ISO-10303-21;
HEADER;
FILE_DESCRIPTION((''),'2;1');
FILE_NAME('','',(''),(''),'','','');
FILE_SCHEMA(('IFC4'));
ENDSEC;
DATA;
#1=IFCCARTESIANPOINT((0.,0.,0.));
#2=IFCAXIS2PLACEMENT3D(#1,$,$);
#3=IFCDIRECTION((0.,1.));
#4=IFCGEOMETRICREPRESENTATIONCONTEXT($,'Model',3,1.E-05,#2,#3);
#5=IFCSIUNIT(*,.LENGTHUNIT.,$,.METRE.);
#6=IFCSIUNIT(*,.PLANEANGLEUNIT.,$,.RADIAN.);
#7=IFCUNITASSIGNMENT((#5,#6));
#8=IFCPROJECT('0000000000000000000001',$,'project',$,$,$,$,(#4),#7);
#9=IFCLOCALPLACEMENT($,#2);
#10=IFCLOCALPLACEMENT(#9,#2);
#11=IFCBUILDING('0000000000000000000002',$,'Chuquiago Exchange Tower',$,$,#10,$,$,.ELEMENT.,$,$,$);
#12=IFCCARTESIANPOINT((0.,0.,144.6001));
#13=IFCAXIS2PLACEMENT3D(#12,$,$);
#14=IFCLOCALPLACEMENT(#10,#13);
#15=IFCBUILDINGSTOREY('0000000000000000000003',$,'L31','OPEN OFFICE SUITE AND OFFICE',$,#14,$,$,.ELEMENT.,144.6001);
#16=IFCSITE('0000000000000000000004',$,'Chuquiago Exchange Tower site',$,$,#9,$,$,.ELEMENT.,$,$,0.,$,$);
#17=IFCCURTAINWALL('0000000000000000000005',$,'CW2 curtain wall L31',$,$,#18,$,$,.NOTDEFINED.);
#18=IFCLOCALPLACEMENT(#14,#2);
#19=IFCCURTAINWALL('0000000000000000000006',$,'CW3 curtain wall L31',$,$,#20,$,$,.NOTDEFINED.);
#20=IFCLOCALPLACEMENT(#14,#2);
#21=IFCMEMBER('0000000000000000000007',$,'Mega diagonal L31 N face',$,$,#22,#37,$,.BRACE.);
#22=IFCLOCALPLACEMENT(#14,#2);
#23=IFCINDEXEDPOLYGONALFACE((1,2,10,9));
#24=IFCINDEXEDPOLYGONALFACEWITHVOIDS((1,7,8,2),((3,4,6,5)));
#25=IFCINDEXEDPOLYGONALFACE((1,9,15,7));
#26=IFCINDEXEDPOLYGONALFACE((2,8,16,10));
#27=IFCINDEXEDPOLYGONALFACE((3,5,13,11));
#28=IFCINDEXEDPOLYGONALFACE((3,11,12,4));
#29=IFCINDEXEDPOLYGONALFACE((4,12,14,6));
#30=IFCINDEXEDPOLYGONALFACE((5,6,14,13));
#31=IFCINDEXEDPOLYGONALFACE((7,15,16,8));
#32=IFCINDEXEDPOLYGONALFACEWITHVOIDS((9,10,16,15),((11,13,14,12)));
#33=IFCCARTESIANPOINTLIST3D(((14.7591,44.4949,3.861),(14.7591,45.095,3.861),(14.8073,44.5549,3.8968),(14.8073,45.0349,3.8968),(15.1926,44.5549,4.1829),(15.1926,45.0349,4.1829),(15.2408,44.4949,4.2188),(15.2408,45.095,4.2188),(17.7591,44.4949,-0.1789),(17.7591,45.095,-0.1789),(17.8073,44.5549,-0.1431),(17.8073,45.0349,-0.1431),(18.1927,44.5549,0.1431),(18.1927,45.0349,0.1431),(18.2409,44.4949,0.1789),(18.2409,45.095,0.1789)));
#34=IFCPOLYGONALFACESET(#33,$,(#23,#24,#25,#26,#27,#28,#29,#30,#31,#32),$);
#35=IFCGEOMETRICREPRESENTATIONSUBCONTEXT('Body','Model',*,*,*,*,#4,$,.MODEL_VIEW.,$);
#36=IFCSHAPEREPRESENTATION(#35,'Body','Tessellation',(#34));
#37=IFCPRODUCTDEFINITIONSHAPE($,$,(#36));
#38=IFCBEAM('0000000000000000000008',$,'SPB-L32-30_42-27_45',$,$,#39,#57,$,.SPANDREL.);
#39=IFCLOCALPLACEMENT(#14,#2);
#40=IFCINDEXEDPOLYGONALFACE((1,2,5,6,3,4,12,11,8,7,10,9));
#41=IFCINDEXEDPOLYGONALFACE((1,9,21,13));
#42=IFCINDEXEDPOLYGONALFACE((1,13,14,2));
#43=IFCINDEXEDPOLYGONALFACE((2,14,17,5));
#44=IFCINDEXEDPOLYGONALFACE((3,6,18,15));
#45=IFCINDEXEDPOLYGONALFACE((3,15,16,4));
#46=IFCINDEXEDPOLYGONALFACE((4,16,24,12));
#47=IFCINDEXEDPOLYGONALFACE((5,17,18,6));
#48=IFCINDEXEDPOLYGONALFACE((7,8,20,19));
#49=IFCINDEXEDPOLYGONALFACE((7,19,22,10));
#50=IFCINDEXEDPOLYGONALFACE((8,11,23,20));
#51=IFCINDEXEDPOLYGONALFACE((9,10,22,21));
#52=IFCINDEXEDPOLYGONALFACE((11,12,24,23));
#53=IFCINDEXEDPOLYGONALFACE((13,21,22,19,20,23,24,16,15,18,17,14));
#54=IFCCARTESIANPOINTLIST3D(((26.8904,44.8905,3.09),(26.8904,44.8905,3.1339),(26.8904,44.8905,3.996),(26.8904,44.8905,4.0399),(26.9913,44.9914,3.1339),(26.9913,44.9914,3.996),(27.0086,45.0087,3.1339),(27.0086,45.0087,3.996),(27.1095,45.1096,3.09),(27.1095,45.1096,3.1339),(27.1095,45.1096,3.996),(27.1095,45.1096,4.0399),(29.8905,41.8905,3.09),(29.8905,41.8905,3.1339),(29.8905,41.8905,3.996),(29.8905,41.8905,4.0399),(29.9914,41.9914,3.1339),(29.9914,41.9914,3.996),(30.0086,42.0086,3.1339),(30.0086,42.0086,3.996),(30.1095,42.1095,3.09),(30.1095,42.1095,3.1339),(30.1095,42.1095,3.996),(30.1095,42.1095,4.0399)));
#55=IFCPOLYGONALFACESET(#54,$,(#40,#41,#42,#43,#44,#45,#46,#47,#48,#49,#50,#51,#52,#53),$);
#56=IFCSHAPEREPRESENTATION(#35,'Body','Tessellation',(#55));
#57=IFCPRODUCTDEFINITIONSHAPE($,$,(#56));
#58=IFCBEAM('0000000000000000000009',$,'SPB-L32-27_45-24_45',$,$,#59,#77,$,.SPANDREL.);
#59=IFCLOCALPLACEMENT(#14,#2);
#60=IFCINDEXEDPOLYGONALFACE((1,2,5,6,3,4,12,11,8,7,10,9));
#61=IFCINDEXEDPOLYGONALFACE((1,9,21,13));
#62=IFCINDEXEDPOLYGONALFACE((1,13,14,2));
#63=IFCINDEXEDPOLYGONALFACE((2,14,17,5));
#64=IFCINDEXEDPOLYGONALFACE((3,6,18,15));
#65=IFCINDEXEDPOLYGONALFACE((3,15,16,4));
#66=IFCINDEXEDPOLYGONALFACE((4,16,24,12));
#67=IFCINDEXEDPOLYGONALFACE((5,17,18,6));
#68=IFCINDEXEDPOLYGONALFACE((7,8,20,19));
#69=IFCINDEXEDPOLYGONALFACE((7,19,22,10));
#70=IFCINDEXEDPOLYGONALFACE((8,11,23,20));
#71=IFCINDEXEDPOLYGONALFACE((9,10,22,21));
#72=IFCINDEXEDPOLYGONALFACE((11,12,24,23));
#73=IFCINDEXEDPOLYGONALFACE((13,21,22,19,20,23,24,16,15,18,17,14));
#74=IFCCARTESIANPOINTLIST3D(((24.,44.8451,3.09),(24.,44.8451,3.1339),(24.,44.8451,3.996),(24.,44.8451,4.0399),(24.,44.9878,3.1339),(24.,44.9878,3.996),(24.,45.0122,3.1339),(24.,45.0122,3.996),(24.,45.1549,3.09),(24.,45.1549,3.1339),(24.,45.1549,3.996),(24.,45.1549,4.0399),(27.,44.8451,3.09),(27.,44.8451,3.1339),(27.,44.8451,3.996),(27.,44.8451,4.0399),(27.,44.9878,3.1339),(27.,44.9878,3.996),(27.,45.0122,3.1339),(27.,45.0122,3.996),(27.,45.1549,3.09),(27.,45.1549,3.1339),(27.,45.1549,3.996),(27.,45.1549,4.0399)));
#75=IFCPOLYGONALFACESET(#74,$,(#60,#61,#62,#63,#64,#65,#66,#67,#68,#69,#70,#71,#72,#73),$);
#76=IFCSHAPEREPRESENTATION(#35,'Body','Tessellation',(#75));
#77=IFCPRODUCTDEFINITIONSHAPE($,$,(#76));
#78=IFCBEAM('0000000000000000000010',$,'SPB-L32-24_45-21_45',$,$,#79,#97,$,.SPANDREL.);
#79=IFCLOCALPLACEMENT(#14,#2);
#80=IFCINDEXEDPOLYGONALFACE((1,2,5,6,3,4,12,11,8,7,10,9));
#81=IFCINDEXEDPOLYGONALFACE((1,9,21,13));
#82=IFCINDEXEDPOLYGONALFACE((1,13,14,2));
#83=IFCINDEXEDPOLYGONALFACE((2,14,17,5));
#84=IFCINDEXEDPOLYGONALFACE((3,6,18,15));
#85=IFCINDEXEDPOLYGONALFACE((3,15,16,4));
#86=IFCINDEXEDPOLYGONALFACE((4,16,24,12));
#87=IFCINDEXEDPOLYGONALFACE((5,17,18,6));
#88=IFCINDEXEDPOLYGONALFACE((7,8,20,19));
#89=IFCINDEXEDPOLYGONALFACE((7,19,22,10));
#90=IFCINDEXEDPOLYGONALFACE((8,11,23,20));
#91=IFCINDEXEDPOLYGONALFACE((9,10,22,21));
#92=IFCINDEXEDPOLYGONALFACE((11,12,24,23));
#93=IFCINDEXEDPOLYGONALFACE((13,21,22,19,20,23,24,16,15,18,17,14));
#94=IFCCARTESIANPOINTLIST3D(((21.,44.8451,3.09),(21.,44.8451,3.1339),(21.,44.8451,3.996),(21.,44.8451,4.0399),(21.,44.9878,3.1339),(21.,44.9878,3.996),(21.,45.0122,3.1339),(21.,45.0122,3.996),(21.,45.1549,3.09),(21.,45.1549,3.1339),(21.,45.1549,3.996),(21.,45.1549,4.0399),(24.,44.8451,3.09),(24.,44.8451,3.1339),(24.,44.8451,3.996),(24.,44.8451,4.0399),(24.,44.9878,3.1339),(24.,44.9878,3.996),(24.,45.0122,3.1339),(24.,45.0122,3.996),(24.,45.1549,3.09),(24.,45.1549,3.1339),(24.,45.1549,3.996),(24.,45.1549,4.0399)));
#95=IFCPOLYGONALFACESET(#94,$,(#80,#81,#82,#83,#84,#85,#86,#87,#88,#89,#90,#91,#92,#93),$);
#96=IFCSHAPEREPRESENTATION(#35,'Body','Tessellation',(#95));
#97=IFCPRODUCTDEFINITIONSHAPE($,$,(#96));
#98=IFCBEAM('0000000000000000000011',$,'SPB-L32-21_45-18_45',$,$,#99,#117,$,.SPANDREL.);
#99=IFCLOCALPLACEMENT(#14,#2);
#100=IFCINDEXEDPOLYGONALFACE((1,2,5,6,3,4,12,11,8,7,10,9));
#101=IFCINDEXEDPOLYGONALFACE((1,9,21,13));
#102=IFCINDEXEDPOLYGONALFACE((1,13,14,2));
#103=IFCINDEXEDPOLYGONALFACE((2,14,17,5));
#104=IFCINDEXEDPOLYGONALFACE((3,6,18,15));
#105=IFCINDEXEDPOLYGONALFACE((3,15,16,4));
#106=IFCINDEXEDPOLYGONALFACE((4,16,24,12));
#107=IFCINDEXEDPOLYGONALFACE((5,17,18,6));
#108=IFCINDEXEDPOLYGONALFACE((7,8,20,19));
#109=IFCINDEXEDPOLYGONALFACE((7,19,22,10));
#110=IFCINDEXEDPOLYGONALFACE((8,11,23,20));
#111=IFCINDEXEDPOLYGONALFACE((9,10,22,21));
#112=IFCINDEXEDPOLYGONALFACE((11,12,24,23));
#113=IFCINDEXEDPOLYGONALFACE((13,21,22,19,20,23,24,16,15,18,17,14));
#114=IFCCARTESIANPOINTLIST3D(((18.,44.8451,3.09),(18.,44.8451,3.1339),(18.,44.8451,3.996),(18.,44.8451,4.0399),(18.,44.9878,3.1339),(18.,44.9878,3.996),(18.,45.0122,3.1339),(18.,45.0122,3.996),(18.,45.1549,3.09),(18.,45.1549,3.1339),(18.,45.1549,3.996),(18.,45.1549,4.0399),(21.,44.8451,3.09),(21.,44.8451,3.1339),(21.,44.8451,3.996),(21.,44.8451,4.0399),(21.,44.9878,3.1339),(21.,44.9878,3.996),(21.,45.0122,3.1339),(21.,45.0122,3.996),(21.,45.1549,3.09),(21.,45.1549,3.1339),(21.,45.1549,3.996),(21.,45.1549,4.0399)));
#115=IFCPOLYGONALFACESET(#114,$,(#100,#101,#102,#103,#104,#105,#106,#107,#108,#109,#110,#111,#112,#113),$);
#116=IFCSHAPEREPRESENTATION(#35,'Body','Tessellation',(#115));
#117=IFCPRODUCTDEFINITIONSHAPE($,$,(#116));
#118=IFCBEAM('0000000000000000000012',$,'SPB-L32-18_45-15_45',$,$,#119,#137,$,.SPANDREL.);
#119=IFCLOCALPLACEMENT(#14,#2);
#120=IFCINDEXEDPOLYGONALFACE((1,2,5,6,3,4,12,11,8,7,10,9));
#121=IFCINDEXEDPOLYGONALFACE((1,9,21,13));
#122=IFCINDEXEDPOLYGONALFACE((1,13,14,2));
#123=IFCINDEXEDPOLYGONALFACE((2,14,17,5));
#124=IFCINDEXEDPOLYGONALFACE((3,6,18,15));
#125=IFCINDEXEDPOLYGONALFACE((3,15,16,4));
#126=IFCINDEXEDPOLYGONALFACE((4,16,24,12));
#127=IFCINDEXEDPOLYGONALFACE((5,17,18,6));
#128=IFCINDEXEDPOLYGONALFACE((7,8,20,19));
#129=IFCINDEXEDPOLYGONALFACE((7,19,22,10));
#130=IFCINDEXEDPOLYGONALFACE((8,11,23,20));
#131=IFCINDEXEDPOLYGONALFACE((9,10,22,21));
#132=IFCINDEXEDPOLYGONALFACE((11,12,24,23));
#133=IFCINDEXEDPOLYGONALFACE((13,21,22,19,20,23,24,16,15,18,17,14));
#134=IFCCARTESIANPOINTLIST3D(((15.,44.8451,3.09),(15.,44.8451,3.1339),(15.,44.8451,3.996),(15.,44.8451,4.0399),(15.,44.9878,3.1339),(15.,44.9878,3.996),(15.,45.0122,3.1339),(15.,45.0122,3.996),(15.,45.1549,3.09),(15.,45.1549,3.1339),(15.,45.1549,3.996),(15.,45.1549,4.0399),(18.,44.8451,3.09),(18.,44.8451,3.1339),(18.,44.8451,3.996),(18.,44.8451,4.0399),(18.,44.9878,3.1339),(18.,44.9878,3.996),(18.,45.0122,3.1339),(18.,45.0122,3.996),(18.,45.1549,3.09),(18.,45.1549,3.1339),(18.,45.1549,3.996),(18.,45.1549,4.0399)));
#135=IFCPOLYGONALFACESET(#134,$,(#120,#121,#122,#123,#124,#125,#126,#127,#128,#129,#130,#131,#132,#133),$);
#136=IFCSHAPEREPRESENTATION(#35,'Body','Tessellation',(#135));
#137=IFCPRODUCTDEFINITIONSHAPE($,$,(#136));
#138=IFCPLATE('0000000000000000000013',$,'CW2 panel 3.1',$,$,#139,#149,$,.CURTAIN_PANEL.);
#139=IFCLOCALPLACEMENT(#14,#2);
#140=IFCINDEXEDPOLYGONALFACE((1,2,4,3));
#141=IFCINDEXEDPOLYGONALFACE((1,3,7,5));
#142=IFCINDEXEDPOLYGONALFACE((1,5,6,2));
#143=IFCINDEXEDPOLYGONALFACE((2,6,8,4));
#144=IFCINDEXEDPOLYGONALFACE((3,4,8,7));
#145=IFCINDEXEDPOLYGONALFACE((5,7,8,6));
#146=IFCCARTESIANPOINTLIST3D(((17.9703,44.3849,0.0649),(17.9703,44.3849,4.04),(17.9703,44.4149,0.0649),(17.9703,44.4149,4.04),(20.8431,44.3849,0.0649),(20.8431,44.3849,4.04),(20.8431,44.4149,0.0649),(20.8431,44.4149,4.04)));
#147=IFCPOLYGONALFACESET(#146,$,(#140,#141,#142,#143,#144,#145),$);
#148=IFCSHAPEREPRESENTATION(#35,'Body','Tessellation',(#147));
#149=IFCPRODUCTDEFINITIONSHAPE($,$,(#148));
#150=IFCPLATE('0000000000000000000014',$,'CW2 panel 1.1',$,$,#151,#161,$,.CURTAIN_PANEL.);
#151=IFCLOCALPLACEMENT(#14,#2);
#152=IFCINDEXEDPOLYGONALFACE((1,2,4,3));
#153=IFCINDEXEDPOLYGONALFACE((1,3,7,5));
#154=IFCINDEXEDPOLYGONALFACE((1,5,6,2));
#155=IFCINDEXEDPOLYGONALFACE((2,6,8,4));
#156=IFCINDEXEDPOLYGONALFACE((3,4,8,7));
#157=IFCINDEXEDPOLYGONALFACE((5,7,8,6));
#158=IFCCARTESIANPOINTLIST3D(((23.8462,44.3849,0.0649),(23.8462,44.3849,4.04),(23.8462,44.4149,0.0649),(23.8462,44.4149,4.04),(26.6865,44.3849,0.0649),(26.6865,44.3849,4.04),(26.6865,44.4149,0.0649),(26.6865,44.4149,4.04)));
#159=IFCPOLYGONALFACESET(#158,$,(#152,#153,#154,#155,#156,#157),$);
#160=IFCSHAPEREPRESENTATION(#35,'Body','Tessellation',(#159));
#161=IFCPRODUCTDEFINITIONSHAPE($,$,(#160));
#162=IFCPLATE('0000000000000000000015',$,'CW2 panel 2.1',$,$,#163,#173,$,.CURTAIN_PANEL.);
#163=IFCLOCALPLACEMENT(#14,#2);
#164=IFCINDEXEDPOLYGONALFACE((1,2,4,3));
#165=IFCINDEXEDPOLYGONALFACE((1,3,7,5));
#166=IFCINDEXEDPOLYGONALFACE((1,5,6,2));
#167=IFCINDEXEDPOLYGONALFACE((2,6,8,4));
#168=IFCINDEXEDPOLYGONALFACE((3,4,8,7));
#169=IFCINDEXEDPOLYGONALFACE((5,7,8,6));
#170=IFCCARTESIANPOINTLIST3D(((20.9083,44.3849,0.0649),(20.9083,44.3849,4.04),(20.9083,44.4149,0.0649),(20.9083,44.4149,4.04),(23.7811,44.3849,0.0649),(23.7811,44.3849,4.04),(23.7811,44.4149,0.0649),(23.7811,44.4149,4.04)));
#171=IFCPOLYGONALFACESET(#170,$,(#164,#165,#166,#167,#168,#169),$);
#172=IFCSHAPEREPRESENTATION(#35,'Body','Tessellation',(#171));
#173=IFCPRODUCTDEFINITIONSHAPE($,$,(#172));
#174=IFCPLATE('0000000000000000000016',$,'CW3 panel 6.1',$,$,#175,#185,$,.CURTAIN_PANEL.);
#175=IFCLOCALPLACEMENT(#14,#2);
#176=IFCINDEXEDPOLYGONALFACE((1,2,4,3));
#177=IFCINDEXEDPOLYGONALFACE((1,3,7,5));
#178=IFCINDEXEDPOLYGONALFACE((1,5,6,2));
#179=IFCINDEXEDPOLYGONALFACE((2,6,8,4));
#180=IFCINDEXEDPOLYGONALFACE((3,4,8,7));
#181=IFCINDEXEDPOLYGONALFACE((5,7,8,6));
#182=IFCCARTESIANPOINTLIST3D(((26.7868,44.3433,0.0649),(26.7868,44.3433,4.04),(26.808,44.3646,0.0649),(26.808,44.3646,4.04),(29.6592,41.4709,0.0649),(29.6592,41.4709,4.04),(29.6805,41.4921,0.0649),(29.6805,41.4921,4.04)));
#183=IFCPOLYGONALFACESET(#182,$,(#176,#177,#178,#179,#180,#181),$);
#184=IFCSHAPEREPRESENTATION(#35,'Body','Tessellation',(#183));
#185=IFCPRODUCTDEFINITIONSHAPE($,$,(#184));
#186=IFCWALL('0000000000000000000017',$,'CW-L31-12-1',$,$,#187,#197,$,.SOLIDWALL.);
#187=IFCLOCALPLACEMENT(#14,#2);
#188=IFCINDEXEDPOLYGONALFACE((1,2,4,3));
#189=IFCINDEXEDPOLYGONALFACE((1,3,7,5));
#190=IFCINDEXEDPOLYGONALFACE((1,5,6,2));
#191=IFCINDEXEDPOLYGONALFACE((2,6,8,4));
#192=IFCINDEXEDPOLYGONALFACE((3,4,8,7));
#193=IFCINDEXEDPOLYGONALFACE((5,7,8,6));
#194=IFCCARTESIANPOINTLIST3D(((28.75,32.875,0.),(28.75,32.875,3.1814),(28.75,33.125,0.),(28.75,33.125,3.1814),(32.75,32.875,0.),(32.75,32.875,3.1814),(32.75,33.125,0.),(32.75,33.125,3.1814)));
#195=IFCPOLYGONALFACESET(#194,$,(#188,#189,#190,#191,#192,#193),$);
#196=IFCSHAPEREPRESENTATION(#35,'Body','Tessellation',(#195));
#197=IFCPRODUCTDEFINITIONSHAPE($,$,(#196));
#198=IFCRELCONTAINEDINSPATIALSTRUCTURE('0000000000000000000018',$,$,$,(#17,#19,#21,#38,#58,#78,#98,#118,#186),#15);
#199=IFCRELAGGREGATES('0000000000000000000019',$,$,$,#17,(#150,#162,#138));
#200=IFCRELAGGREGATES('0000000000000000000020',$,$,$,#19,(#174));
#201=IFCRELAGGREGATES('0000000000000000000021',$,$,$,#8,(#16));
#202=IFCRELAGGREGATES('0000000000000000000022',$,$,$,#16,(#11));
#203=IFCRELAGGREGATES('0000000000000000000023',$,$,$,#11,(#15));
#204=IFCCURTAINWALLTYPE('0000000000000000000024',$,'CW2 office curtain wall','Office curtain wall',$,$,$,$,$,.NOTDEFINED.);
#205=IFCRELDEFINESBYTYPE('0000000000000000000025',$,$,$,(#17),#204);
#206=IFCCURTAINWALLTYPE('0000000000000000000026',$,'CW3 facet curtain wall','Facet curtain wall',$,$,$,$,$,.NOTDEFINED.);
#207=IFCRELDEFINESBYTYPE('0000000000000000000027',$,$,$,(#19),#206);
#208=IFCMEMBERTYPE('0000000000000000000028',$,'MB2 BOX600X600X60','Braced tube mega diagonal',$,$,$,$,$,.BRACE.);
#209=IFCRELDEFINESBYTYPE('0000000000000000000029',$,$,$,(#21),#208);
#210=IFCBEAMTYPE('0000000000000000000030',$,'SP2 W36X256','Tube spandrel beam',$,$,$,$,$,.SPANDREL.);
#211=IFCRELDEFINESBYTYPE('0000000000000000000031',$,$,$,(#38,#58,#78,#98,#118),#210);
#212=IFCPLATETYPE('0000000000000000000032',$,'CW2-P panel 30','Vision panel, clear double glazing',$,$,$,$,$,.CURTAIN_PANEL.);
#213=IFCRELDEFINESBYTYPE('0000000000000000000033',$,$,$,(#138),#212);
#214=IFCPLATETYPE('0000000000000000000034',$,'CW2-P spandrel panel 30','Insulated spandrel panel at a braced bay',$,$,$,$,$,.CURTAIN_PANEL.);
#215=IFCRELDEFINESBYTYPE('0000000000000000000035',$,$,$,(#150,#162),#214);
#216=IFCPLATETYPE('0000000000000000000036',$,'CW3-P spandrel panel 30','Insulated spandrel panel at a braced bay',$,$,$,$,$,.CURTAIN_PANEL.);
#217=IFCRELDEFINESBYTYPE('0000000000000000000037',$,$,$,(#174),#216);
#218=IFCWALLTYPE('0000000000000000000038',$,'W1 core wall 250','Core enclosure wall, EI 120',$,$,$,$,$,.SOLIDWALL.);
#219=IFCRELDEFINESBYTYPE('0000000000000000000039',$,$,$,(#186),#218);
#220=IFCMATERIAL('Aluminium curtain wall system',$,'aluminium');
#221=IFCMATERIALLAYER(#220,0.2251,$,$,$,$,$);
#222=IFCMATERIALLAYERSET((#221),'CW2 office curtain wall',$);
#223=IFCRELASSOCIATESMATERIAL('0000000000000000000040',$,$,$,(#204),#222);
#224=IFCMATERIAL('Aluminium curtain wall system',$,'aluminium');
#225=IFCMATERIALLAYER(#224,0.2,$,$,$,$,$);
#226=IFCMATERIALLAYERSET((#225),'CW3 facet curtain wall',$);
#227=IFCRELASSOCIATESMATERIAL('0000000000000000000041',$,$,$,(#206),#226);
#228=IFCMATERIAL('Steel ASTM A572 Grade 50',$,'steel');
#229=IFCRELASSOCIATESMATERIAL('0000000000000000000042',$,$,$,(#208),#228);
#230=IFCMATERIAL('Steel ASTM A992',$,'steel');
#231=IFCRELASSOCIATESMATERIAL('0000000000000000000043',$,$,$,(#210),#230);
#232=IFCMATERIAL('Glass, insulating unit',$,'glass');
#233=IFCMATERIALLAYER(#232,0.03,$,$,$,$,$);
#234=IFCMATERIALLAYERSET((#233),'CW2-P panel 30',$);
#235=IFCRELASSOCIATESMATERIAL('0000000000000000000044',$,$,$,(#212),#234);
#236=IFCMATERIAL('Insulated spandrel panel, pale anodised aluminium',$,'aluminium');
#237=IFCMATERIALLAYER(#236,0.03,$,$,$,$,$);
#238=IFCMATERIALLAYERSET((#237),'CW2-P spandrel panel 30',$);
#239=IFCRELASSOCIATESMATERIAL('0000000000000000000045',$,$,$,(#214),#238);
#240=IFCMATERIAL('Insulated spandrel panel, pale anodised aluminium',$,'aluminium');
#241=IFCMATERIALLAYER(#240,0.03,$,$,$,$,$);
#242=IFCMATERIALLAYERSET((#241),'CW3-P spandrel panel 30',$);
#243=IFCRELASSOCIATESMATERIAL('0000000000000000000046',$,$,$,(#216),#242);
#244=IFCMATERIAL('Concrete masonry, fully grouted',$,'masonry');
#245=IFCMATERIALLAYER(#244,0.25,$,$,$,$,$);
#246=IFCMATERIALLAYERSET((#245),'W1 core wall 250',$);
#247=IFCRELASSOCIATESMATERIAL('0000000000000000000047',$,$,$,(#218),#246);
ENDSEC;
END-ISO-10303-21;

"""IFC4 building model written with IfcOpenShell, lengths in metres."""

from ifc_helpers import new_model, si_unit, direction, frame, frame_2d, origin, origin_2d, place, context, subcontext, project, spatial, rectangle, hollow_rectangle, i_section, extrude, material, layer, layer_set, material_profile, profile_set, type_object, element, aggregate, save


model = new_model("IFC4")

# Units and contexts
model_context = context("Model", 3, precision=1e-05, world=origin(), true_north=direction((0.0, 1.0)))
body_context = subcontext(model_context, "Body", "Model", "MODEL_VIEW")
ifc_project = project(units=[si_unit("LENGTHUNIT", "METRE"), si_unit("PLANEANGLEUNIT", "RADIAN")], contexts=[model_context])

# Site, building, storey
site_placement = place(None, origin())
site = spatial("IfcSite", under=ifc_project, at=site_placement, Name="Chuquiago Exchange Tower site", CompositionType="ELEMENT", RefElevation=0.0)
building_placement = place(site_placement, origin())
building = spatial("IfcBuilding", under=site, at=building_placement, Name="Chuquiago Exchange Tower", CompositionType="ELEMENT")
storey_placement = place(building_placement, frame((0.0, 0.0, 144.6001)))
storey = spatial("IfcBuildingStorey", under=building, at=storey_placement, Name="L31", Description="OPEN OFFICE SUITE AND OFFICE", CompositionType="ELEMENT", Elevation=144.6001)

# Curtain walls
ifc_material_1 = material(Name="Aluminium curtain wall system", Category="aluminium")
ifc_layer_1 = layer(ifc_material_1, 0.2251)
ifc_layer_set_1 = layer_set([ifc_layer_1], Name="CW2 office curtain wall")
curtain_wall_type_1 = type_object("IfcCurtainWallType", Name="CW2 office curtain wall", Description="Office curtain wall", PredefinedType="NOTDEFINED", material=ifc_layer_set_1)
curtain_wall_1_placement = place(storey_placement, origin())
curtain_wall_1 = element("IfcCurtainWall", 1, at=curtain_wall_1_placement, inside=storey, type_object=curtain_wall_type_1, Name="CW2 curtain wall L31", PredefinedType="NOTDEFINED")
ifc_material_2 = material(Name="Aluminium curtain wall system", Category="aluminium")
ifc_layer_2 = layer(ifc_material_2, 0.2)
ifc_layer_set_2 = layer_set([ifc_layer_2], Name="CW3 facet curtain wall")
curtain_wall_type_2 = type_object("IfcCurtainWallType", Name="CW3 facet curtain wall", Description="Facet curtain wall", PredefinedType="NOTDEFINED", material=ifc_layer_set_2)
curtain_wall_2_placement = place(storey_placement, origin())
curtain_wall_2 = element("IfcCurtainWall", 2, at=curtain_wall_2_placement, inside=storey, type_object=curtain_wall_type_2, Name="CW3 curtain wall L31", PredefinedType="NOTDEFINED")

# Member
ifc_material_3 = material(Name="Steel ASTM A572 Grade 50", Category="steel")
ifc_material_profile_1 = material_profile(ifc_material_3, hollow_rectangle(XDim=0.6001, YDim=0.6001, WallThickness=0.0601, at=origin_2d()), Name="BOX600X600X60")
ifc_profile_set_1 = profile_set([ifc_material_profile_1], Name="Steel ASTM A572 Grade 50")
member_type_1 = type_object("IfcMemberType", Name="MB2 BOX600X600X60", Description="Braced tube mega diagonal", PredefinedType="BRACE", material=ifc_profile_set_1)
for number, where, z_axis, x_axis, name in (
    (3, (18.0, 44.7949, 0.0), (-0.596197, 0.0, 0.802838), (0.0, -1.0, 0.0), "Mega diagonal L31 N face"),
):
    element("IfcMember", number, at=place(storey_placement, frame(where, z_axis=z_axis, x_axis=x_axis)), inside=storey, type_object=member_type_1, Name=name, PredefinedType="BRACE", context=body_context, shape_type="SweptSolid", body=[
        extrude(hollow_rectangle(XDim=0.6001, YDim=0.6001, WallThickness=0.0601, at=origin_2d()), origin(), (0.0, 0.0, 1.0), 5.032),
    ])

# Beams
ifc_material_4 = material(Name="Steel ASTM A992", Category="steel")
ifc_material_profile_2 = material_profile(ifc_material_4, i_section(OverallWidth=0.3098, OverallDepth=0.95, WebThickness=0.0244, FlangeThickness=0.0439, at=origin_2d()), Name="W36X256")
ifc_profile_set_2 = profile_set([ifc_material_profile_2], Name="Steel ASTM A992")
beam_type_1 = type_object("IfcBeamType", Name="SP2 W36X256", Description="Tube spandrel beam", PredefinedType="SPANDREL", material=ifc_profile_set_2)
beam_1_placement = place(storey_placement, frame((30.0, 42.0, 3.5649), z_axis=(-0.707107, 0.707107, 0.0), x_axis=(-0.707107, -0.707107, 0.0)))
element("IfcBeam", 4, at=beam_1_placement, inside=storey, type_object=beam_type_1, Name="SPB-L32-30_42-27_45", PredefinedType="SPANDREL", context=body_context, shape_type="SweptSolid", body=[
    extrude(i_section(OverallWidth=0.3098, OverallDepth=0.95, WebThickness=0.0244, FlangeThickness=0.0439, at=origin_2d()), origin(), (0.0, 0.0, 1.0), 4.2427),
])
for number, where, z_axis, x_axis, name in (
    (5, (27.0, 45.0, 3.5649), (-1.0, 0.0, 0.0), (0.0, -1.0, 0.0), "SPB-L32-27_45-24_45"),
    (6, (24.0, 45.0, 3.5649), (-1.0, 0.0, 0.0), (0.0, -1.0, 0.0), "SPB-L32-24_45-21_45"),
    (7, (21.0, 45.0, 3.5649), (-1.0, 0.0, 0.0), (0.0, -1.0, 0.0), "SPB-L32-21_45-18_45"),
    (8, (18.0, 45.0, 3.5649), (-1.0, 0.0, 0.0), (0.0, -1.0, 0.0), "SPB-L32-18_45-15_45"),
):
    element("IfcBeam", number, at=place(storey_placement, frame(where, z_axis=z_axis, x_axis=x_axis)), inside=storey, type_object=beam_type_1, Name=name, PredefinedType="SPANDREL", context=body_context, shape_type="SweptSolid", body=[
        extrude(i_section(OverallWidth=0.3098, OverallDepth=0.95, WebThickness=0.0244, FlangeThickness=0.0439, at=origin_2d()), origin(), (0.0, 0.0, 1.0), 3.0),
    ])

# Plates
ifc_material_5 = material(Name="Glass, insulating unit", Category="glass")
ifc_layer_3 = layer(ifc_material_5, 0.03)
ifc_layer_set_3 = layer_set([ifc_layer_3], Name="CW2-P panel 30")
plate_type_1 = type_object("IfcPlateType", Name="CW2-P panel 30", Description="Vision panel, clear double glazing", PredefinedType="CURTAIN_PANEL", material=ifc_layer_set_3)
plate_1_placement = place(storey_placement, frame((19.4067, 44.3999, 0.0649), z_axis=(0.0, 0.0, 1.0), x_axis=(-1.0, 0.0, 0.0)))
plate_1 = element("IfcPlate", 9, at=plate_1_placement, type_object=plate_type_1, Name="CW2 panel 3.1", PredefinedType="CURTAIN_PANEL", context=body_context, shape_type="SweptSolid", body=[
    extrude(rectangle(XDim=2.8728, YDim=0.03, at=origin_2d()), origin(), (0.0, 0.0, 1.0), 3.9751),
])
ifc_material_6 = material(Name="Insulated spandrel panel, pale anodised aluminium", Category="aluminium")
ifc_layer_4 = layer(ifc_material_6, 0.03)
ifc_layer_set_4 = layer_set([ifc_layer_4], Name="CW2-P spandrel panel 30")
plate_type_2 = type_object("IfcPlateType", Name="CW2-P spandrel panel 30", Description="Insulated spandrel panel at a braced bay", PredefinedType="CURTAIN_PANEL", material=ifc_layer_set_4)
plate_2_placement = place(storey_placement, frame((25.2664, 44.3999, 0.0649), z_axis=(0.0, 0.0, 1.0), x_axis=(-1.0, 0.0, 0.0)))
plate_2 = element("IfcPlate", 10, at=plate_2_placement, type_object=plate_type_2, Name="CW2 panel 1.1", PredefinedType="CURTAIN_PANEL", context=body_context, shape_type="SweptSolid", body=[
    extrude(rectangle(XDim=2.8403, YDim=0.03, at=origin_2d()), origin(), (0.0, 0.0, 1.0), 3.9751),
])
plate_3_placement = place(storey_placement, frame((22.3447, 44.3999, 0.0649), z_axis=(0.0, 0.0, 1.0), x_axis=(-1.0, 0.0, 0.0)))
plate_3 = element("IfcPlate", 11, at=plate_3_placement, type_object=plate_type_2, Name="CW2 panel 2.1", PredefinedType="CURTAIN_PANEL", context=body_context, shape_type="SweptSolid", body=[
    extrude(rectangle(XDim=2.8728, YDim=0.03, at=origin_2d()), origin(), (0.0, 0.0, 1.0), 3.9751),
])
aggregate(curtain_wall_1, [plate_2, plate_3, plate_1])
ifc_material_7 = material(Name="Insulated spandrel panel, pale anodised aluminium", Category="aluminium")
ifc_layer_5 = layer(ifc_material_7, 0.03)
ifc_layer_set_5 = layer_set([ifc_layer_5], Name="CW3-P spandrel panel 30")
plate_type_3 = type_object("IfcPlateType", Name="CW3-P spandrel panel 30", Description="Insulated spandrel panel at a braced bay", PredefinedType="CURTAIN_PANEL", material=ifc_layer_set_5)
plate_4_placement = place(storey_placement, frame((28.2336, 42.9177, 0.0649), z_axis=(0.0, 0.0, 1.0), x_axis=(-0.707107, 0.707107, 0.0)))
plate_4 = element("IfcPlate", 12, at=plate_4_placement, type_object=plate_type_3, Name="CW3 panel 6.1", PredefinedType="CURTAIN_PANEL", context=body_context, shape_type="SweptSolid", body=[
    extrude(rectangle(XDim=4.0623, YDim=0.03, at=origin_2d()), origin(), (0.0, 0.0, 1.0), 3.9751),
])
aggregate(curtain_wall_2, [plate_4])

# Wall
ifc_material_8 = material(Name="Concrete masonry, fully grouted", Category="masonry")
ifc_layer_6 = layer(ifc_material_8, 0.25)
ifc_layer_set_6 = layer_set([ifc_layer_6], Name="W1 core wall 250")
wall_type_1 = type_object("IfcWallType", Name="W1 core wall 250", Description="Core enclosure wall, EI 120", PredefinedType="SOLIDWALL", material=ifc_layer_set_6)
wall_1_placement = place(storey_placement, frame((28.75, 33.0, 0.0), z_axis=(0.0, 0.0, 1.0), x_axis=(1.0, 0.0, 0.0)))
element("IfcWall", 13, at=wall_1_placement, inside=storey, type_object=wall_type_1, Name="CW-L31-12-1", PredefinedType="SOLIDWALL", context=body_context, shape_type="SweptSolid", body=[
    extrude(rectangle(XDim=4.0, YDim=0.25, at=frame_2d((2.0, 0.0))), origin(), (0.0, 0.0, 1.0), 3.1814),
])

save(model, "model.ifc")
